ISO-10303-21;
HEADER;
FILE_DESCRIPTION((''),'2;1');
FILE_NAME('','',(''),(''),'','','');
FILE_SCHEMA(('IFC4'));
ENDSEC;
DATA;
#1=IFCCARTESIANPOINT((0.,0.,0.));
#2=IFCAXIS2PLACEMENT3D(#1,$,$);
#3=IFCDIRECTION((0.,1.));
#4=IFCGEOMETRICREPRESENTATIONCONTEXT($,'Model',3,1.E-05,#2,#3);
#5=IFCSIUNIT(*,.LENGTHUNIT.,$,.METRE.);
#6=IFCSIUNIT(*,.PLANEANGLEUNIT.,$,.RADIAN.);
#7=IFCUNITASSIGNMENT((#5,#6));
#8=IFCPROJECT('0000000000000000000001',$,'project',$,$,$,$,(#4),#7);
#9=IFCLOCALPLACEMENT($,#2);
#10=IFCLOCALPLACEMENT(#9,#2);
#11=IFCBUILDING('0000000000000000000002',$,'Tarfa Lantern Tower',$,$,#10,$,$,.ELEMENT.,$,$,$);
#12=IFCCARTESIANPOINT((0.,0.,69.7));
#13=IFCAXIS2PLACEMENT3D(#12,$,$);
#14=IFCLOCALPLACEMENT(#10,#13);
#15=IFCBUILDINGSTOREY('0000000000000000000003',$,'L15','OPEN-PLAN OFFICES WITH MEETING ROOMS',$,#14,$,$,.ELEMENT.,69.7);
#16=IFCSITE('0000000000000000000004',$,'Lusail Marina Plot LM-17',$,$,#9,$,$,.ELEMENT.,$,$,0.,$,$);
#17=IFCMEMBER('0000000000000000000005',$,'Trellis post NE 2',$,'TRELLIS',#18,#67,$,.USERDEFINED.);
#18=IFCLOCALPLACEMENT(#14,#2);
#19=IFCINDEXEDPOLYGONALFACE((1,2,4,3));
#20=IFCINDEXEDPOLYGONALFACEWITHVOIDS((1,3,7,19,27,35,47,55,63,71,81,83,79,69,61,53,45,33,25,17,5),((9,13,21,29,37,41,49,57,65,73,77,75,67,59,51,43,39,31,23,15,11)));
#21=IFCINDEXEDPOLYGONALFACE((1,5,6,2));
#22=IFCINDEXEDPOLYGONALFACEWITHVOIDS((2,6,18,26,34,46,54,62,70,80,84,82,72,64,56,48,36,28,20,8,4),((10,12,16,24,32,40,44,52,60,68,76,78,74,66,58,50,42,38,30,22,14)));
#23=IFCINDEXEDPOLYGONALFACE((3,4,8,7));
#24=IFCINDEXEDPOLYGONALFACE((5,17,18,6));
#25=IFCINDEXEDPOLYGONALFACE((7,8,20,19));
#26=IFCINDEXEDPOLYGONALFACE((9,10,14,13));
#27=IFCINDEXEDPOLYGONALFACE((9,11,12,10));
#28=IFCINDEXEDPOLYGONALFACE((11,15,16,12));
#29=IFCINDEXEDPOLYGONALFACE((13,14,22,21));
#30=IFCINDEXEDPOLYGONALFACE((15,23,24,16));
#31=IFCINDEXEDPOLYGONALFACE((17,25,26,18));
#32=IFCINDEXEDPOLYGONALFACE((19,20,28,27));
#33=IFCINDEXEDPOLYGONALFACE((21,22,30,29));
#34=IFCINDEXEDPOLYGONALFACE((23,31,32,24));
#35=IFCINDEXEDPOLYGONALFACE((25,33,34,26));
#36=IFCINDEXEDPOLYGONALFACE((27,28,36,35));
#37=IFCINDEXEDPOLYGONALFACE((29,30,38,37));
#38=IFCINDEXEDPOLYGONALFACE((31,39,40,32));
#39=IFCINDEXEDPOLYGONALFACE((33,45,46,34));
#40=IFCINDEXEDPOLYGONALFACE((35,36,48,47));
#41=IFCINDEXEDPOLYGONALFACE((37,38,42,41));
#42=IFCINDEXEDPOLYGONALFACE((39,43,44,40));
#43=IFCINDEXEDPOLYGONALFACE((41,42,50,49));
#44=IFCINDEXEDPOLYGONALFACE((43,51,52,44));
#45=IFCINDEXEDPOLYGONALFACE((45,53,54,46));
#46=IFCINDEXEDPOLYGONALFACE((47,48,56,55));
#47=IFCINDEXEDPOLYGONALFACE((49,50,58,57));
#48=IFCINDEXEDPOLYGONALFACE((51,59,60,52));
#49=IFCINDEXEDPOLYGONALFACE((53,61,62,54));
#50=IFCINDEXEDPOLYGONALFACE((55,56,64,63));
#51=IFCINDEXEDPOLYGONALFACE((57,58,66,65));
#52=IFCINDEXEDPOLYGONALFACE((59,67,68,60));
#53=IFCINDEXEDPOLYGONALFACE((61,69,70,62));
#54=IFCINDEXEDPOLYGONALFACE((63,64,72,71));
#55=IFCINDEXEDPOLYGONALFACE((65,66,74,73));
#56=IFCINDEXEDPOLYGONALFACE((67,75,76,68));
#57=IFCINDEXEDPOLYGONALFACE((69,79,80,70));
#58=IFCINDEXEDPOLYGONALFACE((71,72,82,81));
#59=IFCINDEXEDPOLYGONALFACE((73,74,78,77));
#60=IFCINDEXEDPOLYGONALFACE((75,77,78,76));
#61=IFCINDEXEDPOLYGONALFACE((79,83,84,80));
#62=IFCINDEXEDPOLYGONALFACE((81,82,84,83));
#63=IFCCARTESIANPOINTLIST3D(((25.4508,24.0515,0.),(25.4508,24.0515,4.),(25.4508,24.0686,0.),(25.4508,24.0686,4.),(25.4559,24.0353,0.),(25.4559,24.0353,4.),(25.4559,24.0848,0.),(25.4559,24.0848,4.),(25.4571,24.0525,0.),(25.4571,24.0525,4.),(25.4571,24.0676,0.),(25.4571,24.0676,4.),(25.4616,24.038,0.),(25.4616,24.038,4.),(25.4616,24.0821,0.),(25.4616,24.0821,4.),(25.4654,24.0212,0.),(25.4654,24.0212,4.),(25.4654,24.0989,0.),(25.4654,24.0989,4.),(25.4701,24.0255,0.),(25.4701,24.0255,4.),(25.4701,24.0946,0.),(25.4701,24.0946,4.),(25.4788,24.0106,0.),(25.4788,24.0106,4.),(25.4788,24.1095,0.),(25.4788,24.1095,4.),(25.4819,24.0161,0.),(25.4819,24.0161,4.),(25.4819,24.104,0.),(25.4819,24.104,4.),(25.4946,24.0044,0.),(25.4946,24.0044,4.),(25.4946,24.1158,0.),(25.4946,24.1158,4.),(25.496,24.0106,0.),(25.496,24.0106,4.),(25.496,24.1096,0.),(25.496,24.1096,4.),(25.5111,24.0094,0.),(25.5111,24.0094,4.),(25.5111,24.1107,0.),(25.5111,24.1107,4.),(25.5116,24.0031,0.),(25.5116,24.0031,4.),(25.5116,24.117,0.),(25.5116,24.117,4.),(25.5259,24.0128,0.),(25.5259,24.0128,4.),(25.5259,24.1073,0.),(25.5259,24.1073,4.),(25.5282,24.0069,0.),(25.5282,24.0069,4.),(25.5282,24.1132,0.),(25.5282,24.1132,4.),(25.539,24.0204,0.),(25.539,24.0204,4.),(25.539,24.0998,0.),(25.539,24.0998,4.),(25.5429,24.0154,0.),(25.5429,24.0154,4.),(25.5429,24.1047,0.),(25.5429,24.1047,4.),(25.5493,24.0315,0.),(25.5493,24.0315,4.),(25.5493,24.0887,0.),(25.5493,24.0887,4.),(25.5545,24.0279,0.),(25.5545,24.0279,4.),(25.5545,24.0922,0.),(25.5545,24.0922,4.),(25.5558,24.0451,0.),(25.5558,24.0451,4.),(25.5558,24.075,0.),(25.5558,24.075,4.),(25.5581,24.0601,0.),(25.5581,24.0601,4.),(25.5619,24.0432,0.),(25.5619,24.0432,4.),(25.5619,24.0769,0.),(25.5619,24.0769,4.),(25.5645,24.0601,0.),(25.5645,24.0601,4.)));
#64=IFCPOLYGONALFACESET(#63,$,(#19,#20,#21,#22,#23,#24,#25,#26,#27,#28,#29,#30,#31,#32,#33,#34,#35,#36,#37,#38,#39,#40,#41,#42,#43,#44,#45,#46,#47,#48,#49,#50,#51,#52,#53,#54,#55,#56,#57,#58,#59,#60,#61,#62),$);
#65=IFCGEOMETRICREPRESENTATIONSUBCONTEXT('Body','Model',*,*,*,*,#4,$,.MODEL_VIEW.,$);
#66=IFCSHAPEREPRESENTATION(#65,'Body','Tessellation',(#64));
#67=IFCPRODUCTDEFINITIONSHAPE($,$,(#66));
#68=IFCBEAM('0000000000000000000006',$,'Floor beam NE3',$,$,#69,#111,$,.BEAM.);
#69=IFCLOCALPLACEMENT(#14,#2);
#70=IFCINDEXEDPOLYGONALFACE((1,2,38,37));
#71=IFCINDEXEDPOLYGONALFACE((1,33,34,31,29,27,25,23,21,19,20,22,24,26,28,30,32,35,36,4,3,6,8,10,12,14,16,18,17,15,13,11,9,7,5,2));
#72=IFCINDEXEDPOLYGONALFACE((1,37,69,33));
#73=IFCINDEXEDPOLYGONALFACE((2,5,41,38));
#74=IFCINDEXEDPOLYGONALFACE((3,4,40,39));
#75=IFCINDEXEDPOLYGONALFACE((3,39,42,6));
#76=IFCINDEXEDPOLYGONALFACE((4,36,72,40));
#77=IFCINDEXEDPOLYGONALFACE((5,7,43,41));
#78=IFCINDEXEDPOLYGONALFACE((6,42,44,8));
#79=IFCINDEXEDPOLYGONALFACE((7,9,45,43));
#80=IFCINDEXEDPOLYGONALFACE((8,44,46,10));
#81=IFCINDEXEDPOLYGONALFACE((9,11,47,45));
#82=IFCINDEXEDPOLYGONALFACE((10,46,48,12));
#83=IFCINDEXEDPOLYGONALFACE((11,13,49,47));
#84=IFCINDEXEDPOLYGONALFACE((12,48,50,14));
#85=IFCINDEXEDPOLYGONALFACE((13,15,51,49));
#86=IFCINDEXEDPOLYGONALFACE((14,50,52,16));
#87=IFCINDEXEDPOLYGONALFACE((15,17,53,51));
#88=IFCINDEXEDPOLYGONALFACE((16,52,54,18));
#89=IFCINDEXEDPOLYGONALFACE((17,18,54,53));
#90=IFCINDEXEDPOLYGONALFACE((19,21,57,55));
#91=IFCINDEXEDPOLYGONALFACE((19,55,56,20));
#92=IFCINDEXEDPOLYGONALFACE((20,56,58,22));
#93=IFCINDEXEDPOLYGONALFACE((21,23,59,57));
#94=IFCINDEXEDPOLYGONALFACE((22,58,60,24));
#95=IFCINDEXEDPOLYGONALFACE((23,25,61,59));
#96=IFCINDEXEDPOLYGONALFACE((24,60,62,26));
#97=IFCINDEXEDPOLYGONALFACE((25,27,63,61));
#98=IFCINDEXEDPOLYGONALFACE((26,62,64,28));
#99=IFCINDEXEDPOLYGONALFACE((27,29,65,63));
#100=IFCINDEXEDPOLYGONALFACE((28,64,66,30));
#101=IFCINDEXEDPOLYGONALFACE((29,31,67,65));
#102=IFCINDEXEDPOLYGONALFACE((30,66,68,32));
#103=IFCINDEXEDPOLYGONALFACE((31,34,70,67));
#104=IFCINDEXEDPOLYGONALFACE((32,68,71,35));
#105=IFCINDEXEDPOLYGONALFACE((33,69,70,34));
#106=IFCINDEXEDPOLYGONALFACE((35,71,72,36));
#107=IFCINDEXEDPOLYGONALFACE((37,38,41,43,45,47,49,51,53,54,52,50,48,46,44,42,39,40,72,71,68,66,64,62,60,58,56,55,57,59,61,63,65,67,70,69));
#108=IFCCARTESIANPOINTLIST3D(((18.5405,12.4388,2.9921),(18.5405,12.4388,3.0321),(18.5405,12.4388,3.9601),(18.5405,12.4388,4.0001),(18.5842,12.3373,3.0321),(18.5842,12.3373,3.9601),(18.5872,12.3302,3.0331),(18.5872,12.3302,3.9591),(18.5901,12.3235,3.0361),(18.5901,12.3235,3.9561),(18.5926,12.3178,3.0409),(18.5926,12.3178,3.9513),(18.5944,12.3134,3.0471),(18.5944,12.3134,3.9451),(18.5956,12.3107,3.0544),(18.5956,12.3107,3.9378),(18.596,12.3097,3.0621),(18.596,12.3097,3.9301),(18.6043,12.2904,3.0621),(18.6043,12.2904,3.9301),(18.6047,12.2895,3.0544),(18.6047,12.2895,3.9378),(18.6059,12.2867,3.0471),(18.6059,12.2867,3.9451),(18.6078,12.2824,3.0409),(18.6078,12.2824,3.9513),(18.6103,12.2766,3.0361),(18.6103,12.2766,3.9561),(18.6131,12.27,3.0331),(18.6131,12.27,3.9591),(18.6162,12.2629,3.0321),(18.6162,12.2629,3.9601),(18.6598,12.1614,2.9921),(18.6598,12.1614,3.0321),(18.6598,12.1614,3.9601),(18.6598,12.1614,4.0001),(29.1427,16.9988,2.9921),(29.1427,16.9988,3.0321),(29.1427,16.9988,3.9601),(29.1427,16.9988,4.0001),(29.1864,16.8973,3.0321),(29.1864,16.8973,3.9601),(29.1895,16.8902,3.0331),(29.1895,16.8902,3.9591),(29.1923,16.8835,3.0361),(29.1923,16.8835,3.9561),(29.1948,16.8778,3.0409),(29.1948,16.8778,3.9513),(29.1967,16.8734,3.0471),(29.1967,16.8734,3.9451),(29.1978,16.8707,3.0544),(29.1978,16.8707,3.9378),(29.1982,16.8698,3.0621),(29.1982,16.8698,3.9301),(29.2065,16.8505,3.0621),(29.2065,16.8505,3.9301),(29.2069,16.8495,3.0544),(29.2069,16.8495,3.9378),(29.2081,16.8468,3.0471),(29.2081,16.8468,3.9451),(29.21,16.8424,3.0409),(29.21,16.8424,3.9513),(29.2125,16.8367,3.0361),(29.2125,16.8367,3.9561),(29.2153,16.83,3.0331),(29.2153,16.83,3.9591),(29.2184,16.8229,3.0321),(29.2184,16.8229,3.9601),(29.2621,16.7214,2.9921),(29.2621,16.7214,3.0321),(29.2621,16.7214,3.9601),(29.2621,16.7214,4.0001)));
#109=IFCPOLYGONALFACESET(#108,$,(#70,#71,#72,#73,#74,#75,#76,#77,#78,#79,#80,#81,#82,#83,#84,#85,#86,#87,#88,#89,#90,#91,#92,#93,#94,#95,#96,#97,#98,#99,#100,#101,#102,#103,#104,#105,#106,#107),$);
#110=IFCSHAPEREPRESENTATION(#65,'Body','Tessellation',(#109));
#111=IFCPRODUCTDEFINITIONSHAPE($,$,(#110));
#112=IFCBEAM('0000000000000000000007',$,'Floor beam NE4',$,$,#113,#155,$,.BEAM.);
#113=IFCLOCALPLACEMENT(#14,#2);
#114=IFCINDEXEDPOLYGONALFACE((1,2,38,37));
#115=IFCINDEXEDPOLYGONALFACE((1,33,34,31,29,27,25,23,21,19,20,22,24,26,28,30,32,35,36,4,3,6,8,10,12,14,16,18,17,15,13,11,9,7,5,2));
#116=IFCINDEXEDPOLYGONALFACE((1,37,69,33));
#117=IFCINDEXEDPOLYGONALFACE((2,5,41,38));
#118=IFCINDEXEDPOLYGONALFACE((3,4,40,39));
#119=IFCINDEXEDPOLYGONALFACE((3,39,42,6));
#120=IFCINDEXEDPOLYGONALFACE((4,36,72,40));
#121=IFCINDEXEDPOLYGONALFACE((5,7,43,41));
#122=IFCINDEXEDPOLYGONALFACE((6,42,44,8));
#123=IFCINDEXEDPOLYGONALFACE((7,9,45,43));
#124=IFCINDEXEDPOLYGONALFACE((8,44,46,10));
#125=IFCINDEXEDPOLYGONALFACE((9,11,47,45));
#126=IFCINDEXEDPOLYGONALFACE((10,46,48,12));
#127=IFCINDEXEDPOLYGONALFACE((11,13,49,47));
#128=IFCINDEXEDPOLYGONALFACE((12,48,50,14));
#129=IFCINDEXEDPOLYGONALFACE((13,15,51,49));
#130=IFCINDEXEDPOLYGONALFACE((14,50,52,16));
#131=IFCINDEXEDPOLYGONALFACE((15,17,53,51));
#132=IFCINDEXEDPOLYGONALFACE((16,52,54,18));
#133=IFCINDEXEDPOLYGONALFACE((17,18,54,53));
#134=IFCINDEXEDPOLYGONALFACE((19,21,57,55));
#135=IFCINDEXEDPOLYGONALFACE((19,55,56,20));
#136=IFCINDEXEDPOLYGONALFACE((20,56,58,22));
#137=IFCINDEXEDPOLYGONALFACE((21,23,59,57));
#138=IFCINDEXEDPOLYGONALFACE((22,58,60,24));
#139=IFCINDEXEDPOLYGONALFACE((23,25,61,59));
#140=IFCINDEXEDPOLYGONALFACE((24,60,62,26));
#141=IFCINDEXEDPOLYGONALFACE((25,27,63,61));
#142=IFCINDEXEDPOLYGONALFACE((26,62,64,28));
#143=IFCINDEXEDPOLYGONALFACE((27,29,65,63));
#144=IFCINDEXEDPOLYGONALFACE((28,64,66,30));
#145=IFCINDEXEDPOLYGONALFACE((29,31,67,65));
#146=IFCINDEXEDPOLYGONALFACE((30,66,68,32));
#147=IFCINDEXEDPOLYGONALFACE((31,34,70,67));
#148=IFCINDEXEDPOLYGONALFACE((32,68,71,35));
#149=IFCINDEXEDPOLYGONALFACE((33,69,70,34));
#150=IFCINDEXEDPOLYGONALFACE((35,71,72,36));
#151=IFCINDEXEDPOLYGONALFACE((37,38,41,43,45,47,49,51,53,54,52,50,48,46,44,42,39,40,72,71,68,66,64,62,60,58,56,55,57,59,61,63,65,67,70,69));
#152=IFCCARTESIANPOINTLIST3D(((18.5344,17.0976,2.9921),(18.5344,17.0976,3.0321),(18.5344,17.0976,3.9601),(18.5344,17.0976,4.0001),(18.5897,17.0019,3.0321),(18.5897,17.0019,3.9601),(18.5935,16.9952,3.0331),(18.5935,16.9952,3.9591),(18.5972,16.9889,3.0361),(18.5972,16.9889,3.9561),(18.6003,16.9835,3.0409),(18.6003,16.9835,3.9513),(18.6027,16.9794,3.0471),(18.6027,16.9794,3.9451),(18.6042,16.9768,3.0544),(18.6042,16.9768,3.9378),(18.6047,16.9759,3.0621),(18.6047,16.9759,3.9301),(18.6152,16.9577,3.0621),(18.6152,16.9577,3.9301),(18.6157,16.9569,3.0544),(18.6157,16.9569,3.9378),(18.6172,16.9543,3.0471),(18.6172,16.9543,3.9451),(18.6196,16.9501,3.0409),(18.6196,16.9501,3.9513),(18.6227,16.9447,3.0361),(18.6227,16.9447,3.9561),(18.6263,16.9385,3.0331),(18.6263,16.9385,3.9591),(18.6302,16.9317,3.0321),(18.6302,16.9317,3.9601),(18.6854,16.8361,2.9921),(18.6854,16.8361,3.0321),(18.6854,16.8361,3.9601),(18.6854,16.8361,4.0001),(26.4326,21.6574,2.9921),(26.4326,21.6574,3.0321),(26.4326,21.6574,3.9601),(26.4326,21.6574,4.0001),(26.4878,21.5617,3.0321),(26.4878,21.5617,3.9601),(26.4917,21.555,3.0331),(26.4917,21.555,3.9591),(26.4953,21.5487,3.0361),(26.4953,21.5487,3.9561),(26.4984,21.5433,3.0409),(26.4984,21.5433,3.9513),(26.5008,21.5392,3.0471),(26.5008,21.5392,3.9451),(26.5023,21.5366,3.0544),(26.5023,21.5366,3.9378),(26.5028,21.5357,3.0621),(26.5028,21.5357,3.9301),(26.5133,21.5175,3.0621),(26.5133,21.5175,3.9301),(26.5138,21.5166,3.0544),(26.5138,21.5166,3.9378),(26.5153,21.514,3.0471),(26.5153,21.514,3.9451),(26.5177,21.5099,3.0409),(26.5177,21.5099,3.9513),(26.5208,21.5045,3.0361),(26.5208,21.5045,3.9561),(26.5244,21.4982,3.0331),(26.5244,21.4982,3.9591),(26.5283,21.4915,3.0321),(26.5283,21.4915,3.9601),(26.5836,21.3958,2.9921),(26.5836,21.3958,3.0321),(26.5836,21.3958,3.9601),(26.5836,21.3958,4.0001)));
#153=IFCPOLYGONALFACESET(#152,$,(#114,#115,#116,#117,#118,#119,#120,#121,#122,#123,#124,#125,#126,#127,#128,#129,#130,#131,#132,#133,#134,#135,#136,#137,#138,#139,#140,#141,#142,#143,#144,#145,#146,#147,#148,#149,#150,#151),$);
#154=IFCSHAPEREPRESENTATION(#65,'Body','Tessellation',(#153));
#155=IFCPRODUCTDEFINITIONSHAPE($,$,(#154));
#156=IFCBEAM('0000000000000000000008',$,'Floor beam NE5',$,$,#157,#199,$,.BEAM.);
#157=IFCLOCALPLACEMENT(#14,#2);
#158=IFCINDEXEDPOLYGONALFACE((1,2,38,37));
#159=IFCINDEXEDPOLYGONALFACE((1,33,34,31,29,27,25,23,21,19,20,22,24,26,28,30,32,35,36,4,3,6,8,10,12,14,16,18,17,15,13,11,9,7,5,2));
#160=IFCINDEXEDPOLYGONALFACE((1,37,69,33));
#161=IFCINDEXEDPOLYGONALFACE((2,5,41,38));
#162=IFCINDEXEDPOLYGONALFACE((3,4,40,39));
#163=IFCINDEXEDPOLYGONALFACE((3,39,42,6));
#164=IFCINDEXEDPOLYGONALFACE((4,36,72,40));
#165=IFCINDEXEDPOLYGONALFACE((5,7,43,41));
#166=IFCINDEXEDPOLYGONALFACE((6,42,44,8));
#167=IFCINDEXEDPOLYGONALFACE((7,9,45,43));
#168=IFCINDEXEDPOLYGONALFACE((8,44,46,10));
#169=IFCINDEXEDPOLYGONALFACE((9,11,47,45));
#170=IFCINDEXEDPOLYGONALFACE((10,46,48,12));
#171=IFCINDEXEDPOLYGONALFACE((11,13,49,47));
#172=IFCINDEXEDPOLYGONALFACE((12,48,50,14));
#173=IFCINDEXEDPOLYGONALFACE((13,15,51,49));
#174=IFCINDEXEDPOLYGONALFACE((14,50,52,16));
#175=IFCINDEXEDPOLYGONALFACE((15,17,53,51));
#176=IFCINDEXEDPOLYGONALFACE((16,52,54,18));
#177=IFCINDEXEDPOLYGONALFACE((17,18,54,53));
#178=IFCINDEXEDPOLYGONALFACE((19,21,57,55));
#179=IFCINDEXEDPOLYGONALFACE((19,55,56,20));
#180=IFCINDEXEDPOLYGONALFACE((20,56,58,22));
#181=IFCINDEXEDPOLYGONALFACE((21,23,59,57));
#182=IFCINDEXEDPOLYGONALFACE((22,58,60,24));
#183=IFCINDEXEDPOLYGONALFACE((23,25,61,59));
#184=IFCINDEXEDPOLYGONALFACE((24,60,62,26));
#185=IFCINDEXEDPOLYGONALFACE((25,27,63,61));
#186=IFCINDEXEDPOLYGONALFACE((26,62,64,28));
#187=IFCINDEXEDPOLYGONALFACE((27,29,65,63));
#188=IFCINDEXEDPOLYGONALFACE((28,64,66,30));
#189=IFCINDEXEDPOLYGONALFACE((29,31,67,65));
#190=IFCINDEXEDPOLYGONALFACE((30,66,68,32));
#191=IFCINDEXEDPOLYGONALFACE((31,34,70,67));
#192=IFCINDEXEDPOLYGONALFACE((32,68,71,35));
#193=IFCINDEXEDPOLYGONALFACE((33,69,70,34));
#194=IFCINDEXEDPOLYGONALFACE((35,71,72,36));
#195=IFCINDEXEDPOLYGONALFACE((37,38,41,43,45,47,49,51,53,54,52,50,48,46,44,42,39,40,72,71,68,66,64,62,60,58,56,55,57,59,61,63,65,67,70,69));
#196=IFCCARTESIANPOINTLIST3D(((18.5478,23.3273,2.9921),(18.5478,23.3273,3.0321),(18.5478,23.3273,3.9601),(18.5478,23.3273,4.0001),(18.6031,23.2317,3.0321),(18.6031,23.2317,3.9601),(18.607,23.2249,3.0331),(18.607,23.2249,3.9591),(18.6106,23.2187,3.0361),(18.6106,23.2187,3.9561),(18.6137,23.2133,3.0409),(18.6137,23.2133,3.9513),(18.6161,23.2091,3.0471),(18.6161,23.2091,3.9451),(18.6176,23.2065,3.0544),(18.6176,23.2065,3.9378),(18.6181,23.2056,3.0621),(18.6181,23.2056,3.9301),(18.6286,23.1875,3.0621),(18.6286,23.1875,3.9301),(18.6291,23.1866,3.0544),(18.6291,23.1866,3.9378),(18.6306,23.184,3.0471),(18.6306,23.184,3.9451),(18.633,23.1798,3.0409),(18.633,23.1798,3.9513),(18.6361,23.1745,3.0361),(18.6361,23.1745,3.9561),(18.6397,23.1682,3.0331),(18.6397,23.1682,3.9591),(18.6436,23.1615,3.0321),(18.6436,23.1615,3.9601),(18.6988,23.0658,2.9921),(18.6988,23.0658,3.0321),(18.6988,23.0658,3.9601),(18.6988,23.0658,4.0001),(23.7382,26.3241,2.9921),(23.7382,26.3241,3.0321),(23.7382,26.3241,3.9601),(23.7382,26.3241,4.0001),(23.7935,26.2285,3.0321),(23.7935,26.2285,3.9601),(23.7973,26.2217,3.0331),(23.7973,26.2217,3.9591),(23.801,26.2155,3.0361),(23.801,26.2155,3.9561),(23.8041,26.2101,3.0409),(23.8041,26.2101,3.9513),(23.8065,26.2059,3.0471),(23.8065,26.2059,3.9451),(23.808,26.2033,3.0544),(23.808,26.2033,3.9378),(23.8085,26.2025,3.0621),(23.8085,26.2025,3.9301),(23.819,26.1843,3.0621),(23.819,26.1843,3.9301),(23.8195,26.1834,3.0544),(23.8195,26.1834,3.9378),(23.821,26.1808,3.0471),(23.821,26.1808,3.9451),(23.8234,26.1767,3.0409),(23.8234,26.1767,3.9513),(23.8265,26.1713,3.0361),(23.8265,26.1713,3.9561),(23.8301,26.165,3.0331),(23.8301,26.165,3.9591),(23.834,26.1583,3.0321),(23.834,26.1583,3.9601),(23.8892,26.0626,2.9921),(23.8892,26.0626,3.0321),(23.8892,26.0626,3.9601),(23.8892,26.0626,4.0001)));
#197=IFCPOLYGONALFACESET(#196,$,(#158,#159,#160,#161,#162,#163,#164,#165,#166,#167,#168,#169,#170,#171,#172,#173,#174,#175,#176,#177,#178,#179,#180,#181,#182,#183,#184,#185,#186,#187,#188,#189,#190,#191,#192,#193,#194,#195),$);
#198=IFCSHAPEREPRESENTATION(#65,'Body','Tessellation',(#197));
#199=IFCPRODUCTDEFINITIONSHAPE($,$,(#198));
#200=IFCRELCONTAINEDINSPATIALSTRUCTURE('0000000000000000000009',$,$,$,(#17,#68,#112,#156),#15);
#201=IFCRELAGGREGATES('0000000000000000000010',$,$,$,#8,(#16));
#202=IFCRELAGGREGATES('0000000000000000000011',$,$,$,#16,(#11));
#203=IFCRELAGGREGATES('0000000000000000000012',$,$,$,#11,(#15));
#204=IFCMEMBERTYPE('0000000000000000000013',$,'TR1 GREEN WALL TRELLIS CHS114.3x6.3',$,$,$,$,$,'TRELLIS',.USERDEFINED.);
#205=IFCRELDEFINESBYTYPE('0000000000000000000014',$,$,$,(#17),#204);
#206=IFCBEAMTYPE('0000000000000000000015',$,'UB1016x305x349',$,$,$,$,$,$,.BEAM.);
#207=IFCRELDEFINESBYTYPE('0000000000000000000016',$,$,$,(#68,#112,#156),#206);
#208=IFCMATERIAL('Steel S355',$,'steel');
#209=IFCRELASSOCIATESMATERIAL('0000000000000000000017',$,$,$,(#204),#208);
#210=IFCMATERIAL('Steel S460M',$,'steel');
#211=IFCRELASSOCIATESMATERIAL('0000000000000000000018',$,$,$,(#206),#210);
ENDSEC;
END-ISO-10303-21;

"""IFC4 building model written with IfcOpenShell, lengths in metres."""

from ifc_helpers import new_model, si_unit, direction, frame, origin, origin_2d, place, context, subcontext, project, spatial, hollow_circle, i_section, extrude, material, material_profile, profile_set, type_object, element, save


model = new_model("IFC4")

# Units and contexts
model_context = context("Model", 3, precision=1e-05, world=origin(), true_north=direction((0.0, 1.0)))
body_context = subcontext(model_context, "Body", "Model", "MODEL_VIEW")
ifc_project = project(units=[si_unit("LENGTHUNIT", "METRE"), si_unit("PLANEANGLEUNIT", "RADIAN")], contexts=[model_context])

# Site, building, storey
site_placement = place(None, origin())
site = spatial("IfcSite", under=ifc_project, at=site_placement, Name="Lusail Marina Plot LM-17", CompositionType="ELEMENT", RefElevation=0.0)
building_placement = place(site_placement, origin())
building = spatial("IfcBuilding", under=site, at=building_placement, Name="Tarfa Lantern Tower", CompositionType="ELEMENT")
storey_placement = place(building_placement, frame((0.0, 0.0, 69.7)))
storey = spatial("IfcBuildingStorey", under=building, at=storey_placement, Name="L15", Description="OPEN-PLAN OFFICES WITH MEETING ROOMS", CompositionType="ELEMENT", Elevation=69.7)

# Member
ifc_material_1 = material(Name="Steel S355", Category="steel")
ifc_material_profile_1 = material_profile(ifc_material_1, hollow_circle(Radius=0.0571, WallThickness=0.0063, at=origin_2d()), Name="CHS114.3x6.3")
ifc_profile_set_1 = profile_set([ifc_material_profile_1], Name="Steel S355")
member_type_1 = type_object("IfcMemberType", Name="TR1 GREEN WALL TRELLIS CHS114.3x6.3", ElementType="TRELLIS", PredefinedType="USERDEFINED", material=ifc_profile_set_1)
member_1_placement = place(storey_placement, frame((25.5073, 24.0601, 0.0), z_axis=(0.0, 0.0, 1.0), x_axis=(1.0, 0.0, 0.0)))
element("IfcMember", 1, at=member_1_placement, inside=storey, type_object=member_type_1, Name="Trellis post NE 2", ObjectType="TRELLIS", PredefinedType="USERDEFINED", context=body_context, shape_type="SweptSolid", body=[
    extrude(hollow_circle(Radius=0.0571, WallThickness=0.0063, at=origin_2d()), origin(), (0.0, 0.0, 1.0), 4.0),
])

# Beams
ifc_material_2 = material(Name="Steel S460M", Category="steel")
ifc_material_profile_2 = material_profile(ifc_material_2, i_section(OverallWidth=0.302, OverallDepth=1.0081, WebThickness=0.021, FlangeThickness=0.04, FilletRadius=0.03, at=origin_2d()), Name="UB1016x305x349")
ifc_profile_set_2 = profile_set([ifc_material_profile_2], Name="Steel S460M")
beam_type_1 = type_object("IfcBeamType", Name="UB1016x305x349", PredefinedType="BEAM", material=ifc_profile_set_2)
beam_1_placement = place(storey_placement, frame((29.2024, 16.8601, 3.4961), z_axis=(-0.918635, -0.395106, 0.0), x_axis=(0.395106, -0.918635, 0.0)))
element("IfcBeam", 2, at=beam_1_placement, inside=storey, type_object=beam_type_1, Name="Floor beam NE3", PredefinedType="BEAM", context=body_context, shape_type="SweptSolid", body=[
    extrude(i_section(OverallWidth=0.302, OverallDepth=1.0081, WebThickness=0.021, FlangeThickness=0.04, FilletRadius=0.03, at=origin_2d()), origin(), (0.0, 0.0, 1.0), 11.5413),
])
beam_2_placement = place(storey_placement, frame((26.5081, 21.5266, 3.4961), z_axis=(-0.866035, -0.499983, 0.0), x_axis=(0.499983, -0.866035, 0.0)))
element("IfcBeam", 3, at=beam_2_placement, inside=storey, type_object=beam_type_1, Name="Floor beam NE4", PredefinedType="BEAM", context=body_context, shape_type="SweptSolid", body=[
    extrude(i_section(OverallWidth=0.302, OverallDepth=1.0081, WebThickness=0.021, FlangeThickness=0.04, FilletRadius=0.03, at=origin_2d()), origin(), (0.0, 0.0, 1.0), 9.1199),
])
beam_3_placement = place(storey_placement, frame((23.8137, 26.1934, 3.4961), z_axis=(-0.866016, -0.500016, 0.0), x_axis=(0.500016, -0.866016, 0.0)))
element("IfcBeam", 4, at=beam_3_placement, inside=storey, type_object=beam_type_1, Name="Floor beam NE5", PredefinedType="BEAM", context=body_context, shape_type="SweptSolid", body=[
    extrude(i_section(OverallWidth=0.302, OverallDepth=1.0081, WebThickness=0.021, FlangeThickness=0.04, FilletRadius=0.03, at=origin_2d()), origin(), (0.0, 0.0, 1.0), 5.9934),
])

save(model, "model.ifc")
